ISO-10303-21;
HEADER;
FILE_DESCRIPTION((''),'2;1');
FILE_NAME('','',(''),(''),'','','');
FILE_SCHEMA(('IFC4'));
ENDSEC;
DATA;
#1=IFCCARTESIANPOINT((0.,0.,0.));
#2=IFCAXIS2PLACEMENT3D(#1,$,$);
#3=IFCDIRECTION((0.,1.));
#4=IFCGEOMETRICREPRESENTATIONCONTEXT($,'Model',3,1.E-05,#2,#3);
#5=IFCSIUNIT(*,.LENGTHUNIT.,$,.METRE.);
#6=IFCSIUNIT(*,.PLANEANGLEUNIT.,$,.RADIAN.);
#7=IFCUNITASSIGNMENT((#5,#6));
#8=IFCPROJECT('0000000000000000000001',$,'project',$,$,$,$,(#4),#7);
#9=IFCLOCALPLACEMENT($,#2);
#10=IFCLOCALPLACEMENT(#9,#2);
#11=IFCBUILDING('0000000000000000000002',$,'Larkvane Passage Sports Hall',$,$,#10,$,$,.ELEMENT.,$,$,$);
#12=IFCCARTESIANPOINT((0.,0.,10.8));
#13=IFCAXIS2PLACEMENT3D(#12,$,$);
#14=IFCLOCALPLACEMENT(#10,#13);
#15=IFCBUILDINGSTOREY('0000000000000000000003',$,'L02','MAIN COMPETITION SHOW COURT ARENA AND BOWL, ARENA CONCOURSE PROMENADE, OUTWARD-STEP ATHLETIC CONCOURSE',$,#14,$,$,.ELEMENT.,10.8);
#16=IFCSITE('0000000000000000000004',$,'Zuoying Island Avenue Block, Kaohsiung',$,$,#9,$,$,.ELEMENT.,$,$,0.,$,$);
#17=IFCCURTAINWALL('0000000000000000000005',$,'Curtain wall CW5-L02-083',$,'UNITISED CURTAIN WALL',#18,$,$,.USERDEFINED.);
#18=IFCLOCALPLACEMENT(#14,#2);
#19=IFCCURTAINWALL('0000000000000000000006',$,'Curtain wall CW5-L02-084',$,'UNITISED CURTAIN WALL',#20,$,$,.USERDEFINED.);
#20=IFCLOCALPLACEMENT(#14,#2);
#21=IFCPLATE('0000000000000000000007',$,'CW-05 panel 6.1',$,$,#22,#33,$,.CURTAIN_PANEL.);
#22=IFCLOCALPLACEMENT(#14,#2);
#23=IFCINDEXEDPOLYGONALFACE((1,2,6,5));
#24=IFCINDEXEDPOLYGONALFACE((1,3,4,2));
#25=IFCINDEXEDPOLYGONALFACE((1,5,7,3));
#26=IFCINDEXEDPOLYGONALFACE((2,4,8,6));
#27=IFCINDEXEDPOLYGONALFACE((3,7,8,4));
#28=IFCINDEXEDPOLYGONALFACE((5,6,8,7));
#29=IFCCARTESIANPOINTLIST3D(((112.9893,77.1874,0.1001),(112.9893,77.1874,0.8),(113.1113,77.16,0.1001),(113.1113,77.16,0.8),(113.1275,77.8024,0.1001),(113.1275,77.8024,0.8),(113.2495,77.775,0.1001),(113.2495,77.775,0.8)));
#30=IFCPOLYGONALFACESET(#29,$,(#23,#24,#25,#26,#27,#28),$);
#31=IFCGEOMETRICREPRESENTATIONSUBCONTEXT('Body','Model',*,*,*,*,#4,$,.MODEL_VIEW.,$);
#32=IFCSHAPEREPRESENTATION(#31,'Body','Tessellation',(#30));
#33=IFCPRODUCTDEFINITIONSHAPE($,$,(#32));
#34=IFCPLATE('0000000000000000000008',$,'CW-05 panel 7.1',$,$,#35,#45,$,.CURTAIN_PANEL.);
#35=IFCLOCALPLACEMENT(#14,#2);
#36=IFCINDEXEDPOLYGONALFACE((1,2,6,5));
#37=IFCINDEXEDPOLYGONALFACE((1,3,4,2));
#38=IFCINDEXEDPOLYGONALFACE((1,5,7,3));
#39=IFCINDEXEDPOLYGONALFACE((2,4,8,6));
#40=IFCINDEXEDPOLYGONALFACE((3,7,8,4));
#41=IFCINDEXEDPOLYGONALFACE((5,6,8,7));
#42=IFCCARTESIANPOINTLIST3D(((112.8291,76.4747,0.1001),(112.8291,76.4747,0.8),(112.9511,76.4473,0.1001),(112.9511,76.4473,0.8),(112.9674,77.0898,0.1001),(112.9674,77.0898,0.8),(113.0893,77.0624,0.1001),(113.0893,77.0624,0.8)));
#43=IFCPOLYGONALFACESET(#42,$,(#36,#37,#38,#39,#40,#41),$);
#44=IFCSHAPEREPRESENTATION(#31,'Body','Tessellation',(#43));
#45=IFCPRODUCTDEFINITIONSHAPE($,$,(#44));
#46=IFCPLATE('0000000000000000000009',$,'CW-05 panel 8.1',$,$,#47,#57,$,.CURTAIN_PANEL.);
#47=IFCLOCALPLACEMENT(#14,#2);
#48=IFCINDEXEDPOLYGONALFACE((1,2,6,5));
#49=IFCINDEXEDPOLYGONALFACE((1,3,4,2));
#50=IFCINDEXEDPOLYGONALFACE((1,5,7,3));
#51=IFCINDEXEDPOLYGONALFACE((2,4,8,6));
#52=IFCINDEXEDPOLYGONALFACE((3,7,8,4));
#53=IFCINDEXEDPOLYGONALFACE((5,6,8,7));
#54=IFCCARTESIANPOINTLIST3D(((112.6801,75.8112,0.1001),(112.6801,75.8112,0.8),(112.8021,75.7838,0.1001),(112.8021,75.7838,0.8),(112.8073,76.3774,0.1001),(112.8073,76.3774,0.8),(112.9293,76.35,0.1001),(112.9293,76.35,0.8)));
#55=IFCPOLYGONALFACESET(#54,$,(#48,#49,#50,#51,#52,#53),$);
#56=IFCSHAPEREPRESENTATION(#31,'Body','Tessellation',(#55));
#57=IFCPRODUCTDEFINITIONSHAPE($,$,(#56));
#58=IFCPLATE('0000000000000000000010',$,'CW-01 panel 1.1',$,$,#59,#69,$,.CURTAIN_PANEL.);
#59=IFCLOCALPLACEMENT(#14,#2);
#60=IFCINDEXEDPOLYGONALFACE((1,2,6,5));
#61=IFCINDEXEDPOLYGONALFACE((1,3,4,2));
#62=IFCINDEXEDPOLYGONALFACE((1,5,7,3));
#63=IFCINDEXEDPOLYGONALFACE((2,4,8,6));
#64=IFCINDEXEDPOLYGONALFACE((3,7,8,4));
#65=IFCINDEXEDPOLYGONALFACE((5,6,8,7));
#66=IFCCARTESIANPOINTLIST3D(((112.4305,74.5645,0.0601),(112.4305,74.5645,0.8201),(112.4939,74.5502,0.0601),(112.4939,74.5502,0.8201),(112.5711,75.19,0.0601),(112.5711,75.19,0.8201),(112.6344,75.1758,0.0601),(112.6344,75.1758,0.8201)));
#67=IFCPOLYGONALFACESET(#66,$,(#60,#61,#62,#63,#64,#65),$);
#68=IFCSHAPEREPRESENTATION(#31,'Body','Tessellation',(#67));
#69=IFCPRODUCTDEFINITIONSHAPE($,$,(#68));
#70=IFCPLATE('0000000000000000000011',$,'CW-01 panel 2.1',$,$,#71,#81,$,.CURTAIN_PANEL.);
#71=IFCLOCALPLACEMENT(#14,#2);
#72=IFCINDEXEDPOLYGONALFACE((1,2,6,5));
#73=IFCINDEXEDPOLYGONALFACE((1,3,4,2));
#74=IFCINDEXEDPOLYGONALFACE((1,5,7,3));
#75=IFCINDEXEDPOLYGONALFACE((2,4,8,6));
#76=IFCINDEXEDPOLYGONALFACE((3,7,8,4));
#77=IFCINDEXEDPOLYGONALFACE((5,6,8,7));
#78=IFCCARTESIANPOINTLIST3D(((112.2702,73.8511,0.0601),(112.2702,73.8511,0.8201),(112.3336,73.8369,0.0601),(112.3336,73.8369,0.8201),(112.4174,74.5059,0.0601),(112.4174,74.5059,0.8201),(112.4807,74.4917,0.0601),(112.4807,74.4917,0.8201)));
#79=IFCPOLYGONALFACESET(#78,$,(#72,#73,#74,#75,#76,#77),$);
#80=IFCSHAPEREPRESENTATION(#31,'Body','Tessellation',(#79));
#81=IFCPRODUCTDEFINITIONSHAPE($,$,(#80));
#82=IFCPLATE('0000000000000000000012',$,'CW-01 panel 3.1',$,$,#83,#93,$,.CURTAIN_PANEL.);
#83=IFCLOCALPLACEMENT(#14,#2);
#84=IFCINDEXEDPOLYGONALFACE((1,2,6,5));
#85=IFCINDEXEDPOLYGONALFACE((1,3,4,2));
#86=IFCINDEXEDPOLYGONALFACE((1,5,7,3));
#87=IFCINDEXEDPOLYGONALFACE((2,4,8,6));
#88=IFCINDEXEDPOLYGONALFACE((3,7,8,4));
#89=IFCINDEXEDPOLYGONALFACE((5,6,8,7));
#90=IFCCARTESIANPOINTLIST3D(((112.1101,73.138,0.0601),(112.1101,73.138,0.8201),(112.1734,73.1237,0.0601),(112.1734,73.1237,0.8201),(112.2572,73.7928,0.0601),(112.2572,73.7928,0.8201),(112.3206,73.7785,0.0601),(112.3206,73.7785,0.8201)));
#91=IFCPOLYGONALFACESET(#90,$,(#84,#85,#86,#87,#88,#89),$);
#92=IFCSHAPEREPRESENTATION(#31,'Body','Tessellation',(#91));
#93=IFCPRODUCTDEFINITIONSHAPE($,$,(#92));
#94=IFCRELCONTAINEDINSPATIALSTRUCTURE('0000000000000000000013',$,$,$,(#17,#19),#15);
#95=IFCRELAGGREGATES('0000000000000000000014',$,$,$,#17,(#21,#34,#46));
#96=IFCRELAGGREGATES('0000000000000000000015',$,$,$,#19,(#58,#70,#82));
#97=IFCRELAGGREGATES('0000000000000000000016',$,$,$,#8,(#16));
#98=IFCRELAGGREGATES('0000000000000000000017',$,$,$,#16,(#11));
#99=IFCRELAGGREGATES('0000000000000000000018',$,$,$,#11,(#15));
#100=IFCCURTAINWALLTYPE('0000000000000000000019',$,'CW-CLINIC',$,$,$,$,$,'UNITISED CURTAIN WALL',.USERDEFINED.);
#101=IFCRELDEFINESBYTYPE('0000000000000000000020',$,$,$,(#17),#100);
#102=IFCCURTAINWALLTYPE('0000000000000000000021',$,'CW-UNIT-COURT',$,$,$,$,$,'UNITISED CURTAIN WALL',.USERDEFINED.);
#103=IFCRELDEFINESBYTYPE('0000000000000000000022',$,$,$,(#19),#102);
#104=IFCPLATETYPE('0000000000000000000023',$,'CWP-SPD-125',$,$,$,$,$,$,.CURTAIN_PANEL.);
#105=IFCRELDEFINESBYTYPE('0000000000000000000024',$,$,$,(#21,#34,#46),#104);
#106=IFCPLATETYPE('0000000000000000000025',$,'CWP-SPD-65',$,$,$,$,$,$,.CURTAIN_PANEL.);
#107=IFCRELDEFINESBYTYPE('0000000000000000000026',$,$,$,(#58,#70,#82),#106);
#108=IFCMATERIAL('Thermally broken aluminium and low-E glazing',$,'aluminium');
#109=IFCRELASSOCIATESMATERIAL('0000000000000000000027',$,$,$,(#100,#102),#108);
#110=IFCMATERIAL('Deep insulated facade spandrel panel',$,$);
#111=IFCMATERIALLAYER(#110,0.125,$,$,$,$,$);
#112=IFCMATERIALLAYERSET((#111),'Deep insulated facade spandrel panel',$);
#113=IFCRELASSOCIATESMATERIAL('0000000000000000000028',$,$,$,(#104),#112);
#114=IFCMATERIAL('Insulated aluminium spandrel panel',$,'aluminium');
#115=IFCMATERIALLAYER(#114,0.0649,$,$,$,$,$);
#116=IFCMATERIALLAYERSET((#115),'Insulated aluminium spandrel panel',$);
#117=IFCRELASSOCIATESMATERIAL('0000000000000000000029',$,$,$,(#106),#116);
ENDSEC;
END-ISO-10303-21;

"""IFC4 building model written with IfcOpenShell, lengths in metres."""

from ifc_helpers import new_model, si_unit, direction, frame, origin, origin_2d, place, context, subcontext, project, spatial, rectangle, extrude, material, layer, layer_set, type_object, element, aggregate, save


model = new_model("IFC4")

# Units and contexts
model_context = context("Model", 3, precision=1e-05, world=origin(), true_north=direction((0.0, 1.0)))
body_context = subcontext(model_context, "Body", "Model", "MODEL_VIEW")
ifc_project = project(units=[si_unit("LENGTHUNIT", "METRE"), si_unit("PLANEANGLEUNIT", "RADIAN")], contexts=[model_context])

# Site, building, storey
site_placement = place(None, origin())
site = spatial("IfcSite", under=ifc_project, at=site_placement, Name="Zuoying Island Avenue Block, Kaohsiung", CompositionType="ELEMENT", RefElevation=0.0)
building_placement = place(site_placement, origin())
building = spatial("IfcBuilding", under=site, at=building_placement, Name="Larkvane Passage Sports Hall", CompositionType="ELEMENT")
storey_placement = place(building_placement, frame((0.0, 0.0, 10.8)))
storey = spatial("IfcBuildingStorey", under=building, at=storey_placement, Name="L02", Description="MAIN COMPETITION SHOW COURT ARENA AND BOWL, ARENA CONCOURSE PROMENADE, OUTWARD-STEP ATHLETIC CONCOURSE", CompositionType="ELEMENT", Elevation=10.8)

# Curtain walls
ifc_material_1 = material(Name="Thermally broken aluminium and low-E glazing", Category="aluminium")
curtain_wall_type_1 = type_object("IfcCurtainWallType", Name="CW-CLINIC", ElementType="UNITISED CURTAIN WALL", PredefinedType="USERDEFINED", material=ifc_material_1)
curtain_wall_1_placement = place(storey_placement, origin())
curtain_wall_1 = element("IfcCurtainWall", 1, at=curtain_wall_1_placement, inside=storey, type_object=curtain_wall_type_1, Name="Curtain wall CW5-L02-083", ObjectType="UNITISED CURTAIN WALL", PredefinedType="USERDEFINED")
curtain_wall_type_2 = type_object("IfcCurtainWallType", Name="CW-UNIT-COURT", ElementType="UNITISED CURTAIN WALL", PredefinedType="USERDEFINED", material=ifc_material_1)
curtain_wall_2_placement = place(storey_placement, origin())
curtain_wall_2 = element("IfcCurtainWall", 2, at=curtain_wall_2_placement, inside=storey, type_object=curtain_wall_type_2, Name="Curtain wall CW5-L02-084", ObjectType="UNITISED CURTAIN WALL", PredefinedType="USERDEFINED")

# Plates
ifc_material_2 = material(Name="Deep insulated facade spandrel panel")
ifc_layer_1 = layer(ifc_material_2, 0.125)
ifc_layer_set_1 = layer_set([ifc_layer_1], Name="Deep insulated facade spandrel panel")
plate_type_1 = type_object("IfcPlateType", Name="CWP-SPD-125", PredefinedType="CURTAIN_PANEL", material=ifc_layer_set_1)
plate_1_placement = place(storey_placement, frame((113.1194, 77.4812, 0.1001), z_axis=(0.0, 0.0, 1.0), x_axis=(-0.219244, -0.97567, 0.0)))
plate_1 = element("IfcPlate", 3, at=plate_1_placement, type_object=plate_type_1, Name="CW-05 panel 6.1", PredefinedType="CURTAIN_PANEL", context=body_context, shape_type="SweptSolid", body=[
    extrude(rectangle(XDim=0.6304, YDim=0.125, at=origin_2d()), origin(), (0.0, 0.0, 1.0), 0.7),
])
plate_2_placement = place(storey_placement, frame((112.9592, 76.7686, 0.1001), z_axis=(0.0, 0.0, 1.0), x_axis=(-0.219244, -0.97567, 0.0)))
plate_2 = element("IfcPlate", 4, at=plate_2_placement, type_object=plate_type_1, Name="CW-05 panel 7.1", PredefinedType="CURTAIN_PANEL", context=body_context, shape_type="SweptSolid", body=[
    extrude(rectangle(XDim=0.6304, YDim=0.125, at=origin_2d()), origin(), (0.0, 0.0, 1.0), 0.7),
])
plate_3_placement = place(storey_placement, frame((112.8047, 76.0806, 0.1001), z_axis=(0.0, 0.0, 1.0), x_axis=(-0.219244, -0.97567, 0.0)))
plate_3 = element("IfcPlate", 5, at=plate_3_placement, type_object=plate_type_1, Name="CW-05 panel 8.1", PredefinedType="CURTAIN_PANEL", context=body_context, shape_type="SweptSolid", body=[
    extrude(rectangle(XDim=0.5803, YDim=0.125, at=origin_2d()), origin(), (0.0, 0.0, 1.0), 0.7),
])
aggregate(curtain_wall_1, [plate_1, plate_2, plate_3])
ifc_material_3 = material(Name="Insulated aluminium spandrel panel", Category="aluminium")
ifc_layer_2 = layer(ifc_material_3, 0.0649)
ifc_layer_set_2 = layer_set([ifc_layer_2], Name="Insulated aluminium spandrel panel")
plate_type_2 = type_object("IfcPlateType", Name="CWP-SPD-65", PredefinedType="CURTAIN_PANEL", material=ifc_layer_set_2)
plate_4_placement = place(storey_placement, frame((112.5325, 74.8701, 0.0601), z_axis=(0.0, 0.0, 1.0), x_axis=(-0.219244, -0.97567, 0.0)))
plate_4 = element("IfcPlate", 6, at=plate_4_placement, type_object=plate_type_2, Name="CW-01 panel 1.1", PredefinedType="CURTAIN_PANEL", context=body_context, shape_type="SweptSolid", body=[
    extrude(rectangle(XDim=0.6411, YDim=0.0649, at=origin_2d()), origin(), (0.0, 0.0, 1.0), 0.76),
])
plate_5_placement = place(storey_placement, frame((112.3755, 74.1714, 0.0601), z_axis=(0.0, 0.0, 1.0), x_axis=(-0.219244, -0.97567, 0.0)))
plate_5 = element("IfcPlate", 7, at=plate_5_placement, type_object=plate_type_2, Name="CW-01 panel 2.1", PredefinedType="CURTAIN_PANEL", context=body_context, shape_type="SweptSolid", body=[
    extrude(rectangle(XDim=0.6711, YDim=0.0649, at=origin_2d()), origin(), (0.0, 0.0, 1.0), 0.76),
])
plate_6_placement = place(storey_placement, frame((112.2153, 73.4583, 0.0601), z_axis=(0.0, 0.0, 1.0), x_axis=(-0.219244, -0.97567, 0.0)))
plate_6 = element("IfcPlate", 8, at=plate_6_placement, type_object=plate_type_2, Name="CW-01 panel 3.1", PredefinedType="CURTAIN_PANEL", context=body_context, shape_type="SweptSolid", body=[
    extrude(rectangle(XDim=0.6711, YDim=0.0649, at=origin_2d()), origin(), (0.0, 0.0, 1.0), 0.76),
])
aggregate(curtain_wall_2, [plate_4, plate_5, plate_6])

save(model, "model.ifc")
